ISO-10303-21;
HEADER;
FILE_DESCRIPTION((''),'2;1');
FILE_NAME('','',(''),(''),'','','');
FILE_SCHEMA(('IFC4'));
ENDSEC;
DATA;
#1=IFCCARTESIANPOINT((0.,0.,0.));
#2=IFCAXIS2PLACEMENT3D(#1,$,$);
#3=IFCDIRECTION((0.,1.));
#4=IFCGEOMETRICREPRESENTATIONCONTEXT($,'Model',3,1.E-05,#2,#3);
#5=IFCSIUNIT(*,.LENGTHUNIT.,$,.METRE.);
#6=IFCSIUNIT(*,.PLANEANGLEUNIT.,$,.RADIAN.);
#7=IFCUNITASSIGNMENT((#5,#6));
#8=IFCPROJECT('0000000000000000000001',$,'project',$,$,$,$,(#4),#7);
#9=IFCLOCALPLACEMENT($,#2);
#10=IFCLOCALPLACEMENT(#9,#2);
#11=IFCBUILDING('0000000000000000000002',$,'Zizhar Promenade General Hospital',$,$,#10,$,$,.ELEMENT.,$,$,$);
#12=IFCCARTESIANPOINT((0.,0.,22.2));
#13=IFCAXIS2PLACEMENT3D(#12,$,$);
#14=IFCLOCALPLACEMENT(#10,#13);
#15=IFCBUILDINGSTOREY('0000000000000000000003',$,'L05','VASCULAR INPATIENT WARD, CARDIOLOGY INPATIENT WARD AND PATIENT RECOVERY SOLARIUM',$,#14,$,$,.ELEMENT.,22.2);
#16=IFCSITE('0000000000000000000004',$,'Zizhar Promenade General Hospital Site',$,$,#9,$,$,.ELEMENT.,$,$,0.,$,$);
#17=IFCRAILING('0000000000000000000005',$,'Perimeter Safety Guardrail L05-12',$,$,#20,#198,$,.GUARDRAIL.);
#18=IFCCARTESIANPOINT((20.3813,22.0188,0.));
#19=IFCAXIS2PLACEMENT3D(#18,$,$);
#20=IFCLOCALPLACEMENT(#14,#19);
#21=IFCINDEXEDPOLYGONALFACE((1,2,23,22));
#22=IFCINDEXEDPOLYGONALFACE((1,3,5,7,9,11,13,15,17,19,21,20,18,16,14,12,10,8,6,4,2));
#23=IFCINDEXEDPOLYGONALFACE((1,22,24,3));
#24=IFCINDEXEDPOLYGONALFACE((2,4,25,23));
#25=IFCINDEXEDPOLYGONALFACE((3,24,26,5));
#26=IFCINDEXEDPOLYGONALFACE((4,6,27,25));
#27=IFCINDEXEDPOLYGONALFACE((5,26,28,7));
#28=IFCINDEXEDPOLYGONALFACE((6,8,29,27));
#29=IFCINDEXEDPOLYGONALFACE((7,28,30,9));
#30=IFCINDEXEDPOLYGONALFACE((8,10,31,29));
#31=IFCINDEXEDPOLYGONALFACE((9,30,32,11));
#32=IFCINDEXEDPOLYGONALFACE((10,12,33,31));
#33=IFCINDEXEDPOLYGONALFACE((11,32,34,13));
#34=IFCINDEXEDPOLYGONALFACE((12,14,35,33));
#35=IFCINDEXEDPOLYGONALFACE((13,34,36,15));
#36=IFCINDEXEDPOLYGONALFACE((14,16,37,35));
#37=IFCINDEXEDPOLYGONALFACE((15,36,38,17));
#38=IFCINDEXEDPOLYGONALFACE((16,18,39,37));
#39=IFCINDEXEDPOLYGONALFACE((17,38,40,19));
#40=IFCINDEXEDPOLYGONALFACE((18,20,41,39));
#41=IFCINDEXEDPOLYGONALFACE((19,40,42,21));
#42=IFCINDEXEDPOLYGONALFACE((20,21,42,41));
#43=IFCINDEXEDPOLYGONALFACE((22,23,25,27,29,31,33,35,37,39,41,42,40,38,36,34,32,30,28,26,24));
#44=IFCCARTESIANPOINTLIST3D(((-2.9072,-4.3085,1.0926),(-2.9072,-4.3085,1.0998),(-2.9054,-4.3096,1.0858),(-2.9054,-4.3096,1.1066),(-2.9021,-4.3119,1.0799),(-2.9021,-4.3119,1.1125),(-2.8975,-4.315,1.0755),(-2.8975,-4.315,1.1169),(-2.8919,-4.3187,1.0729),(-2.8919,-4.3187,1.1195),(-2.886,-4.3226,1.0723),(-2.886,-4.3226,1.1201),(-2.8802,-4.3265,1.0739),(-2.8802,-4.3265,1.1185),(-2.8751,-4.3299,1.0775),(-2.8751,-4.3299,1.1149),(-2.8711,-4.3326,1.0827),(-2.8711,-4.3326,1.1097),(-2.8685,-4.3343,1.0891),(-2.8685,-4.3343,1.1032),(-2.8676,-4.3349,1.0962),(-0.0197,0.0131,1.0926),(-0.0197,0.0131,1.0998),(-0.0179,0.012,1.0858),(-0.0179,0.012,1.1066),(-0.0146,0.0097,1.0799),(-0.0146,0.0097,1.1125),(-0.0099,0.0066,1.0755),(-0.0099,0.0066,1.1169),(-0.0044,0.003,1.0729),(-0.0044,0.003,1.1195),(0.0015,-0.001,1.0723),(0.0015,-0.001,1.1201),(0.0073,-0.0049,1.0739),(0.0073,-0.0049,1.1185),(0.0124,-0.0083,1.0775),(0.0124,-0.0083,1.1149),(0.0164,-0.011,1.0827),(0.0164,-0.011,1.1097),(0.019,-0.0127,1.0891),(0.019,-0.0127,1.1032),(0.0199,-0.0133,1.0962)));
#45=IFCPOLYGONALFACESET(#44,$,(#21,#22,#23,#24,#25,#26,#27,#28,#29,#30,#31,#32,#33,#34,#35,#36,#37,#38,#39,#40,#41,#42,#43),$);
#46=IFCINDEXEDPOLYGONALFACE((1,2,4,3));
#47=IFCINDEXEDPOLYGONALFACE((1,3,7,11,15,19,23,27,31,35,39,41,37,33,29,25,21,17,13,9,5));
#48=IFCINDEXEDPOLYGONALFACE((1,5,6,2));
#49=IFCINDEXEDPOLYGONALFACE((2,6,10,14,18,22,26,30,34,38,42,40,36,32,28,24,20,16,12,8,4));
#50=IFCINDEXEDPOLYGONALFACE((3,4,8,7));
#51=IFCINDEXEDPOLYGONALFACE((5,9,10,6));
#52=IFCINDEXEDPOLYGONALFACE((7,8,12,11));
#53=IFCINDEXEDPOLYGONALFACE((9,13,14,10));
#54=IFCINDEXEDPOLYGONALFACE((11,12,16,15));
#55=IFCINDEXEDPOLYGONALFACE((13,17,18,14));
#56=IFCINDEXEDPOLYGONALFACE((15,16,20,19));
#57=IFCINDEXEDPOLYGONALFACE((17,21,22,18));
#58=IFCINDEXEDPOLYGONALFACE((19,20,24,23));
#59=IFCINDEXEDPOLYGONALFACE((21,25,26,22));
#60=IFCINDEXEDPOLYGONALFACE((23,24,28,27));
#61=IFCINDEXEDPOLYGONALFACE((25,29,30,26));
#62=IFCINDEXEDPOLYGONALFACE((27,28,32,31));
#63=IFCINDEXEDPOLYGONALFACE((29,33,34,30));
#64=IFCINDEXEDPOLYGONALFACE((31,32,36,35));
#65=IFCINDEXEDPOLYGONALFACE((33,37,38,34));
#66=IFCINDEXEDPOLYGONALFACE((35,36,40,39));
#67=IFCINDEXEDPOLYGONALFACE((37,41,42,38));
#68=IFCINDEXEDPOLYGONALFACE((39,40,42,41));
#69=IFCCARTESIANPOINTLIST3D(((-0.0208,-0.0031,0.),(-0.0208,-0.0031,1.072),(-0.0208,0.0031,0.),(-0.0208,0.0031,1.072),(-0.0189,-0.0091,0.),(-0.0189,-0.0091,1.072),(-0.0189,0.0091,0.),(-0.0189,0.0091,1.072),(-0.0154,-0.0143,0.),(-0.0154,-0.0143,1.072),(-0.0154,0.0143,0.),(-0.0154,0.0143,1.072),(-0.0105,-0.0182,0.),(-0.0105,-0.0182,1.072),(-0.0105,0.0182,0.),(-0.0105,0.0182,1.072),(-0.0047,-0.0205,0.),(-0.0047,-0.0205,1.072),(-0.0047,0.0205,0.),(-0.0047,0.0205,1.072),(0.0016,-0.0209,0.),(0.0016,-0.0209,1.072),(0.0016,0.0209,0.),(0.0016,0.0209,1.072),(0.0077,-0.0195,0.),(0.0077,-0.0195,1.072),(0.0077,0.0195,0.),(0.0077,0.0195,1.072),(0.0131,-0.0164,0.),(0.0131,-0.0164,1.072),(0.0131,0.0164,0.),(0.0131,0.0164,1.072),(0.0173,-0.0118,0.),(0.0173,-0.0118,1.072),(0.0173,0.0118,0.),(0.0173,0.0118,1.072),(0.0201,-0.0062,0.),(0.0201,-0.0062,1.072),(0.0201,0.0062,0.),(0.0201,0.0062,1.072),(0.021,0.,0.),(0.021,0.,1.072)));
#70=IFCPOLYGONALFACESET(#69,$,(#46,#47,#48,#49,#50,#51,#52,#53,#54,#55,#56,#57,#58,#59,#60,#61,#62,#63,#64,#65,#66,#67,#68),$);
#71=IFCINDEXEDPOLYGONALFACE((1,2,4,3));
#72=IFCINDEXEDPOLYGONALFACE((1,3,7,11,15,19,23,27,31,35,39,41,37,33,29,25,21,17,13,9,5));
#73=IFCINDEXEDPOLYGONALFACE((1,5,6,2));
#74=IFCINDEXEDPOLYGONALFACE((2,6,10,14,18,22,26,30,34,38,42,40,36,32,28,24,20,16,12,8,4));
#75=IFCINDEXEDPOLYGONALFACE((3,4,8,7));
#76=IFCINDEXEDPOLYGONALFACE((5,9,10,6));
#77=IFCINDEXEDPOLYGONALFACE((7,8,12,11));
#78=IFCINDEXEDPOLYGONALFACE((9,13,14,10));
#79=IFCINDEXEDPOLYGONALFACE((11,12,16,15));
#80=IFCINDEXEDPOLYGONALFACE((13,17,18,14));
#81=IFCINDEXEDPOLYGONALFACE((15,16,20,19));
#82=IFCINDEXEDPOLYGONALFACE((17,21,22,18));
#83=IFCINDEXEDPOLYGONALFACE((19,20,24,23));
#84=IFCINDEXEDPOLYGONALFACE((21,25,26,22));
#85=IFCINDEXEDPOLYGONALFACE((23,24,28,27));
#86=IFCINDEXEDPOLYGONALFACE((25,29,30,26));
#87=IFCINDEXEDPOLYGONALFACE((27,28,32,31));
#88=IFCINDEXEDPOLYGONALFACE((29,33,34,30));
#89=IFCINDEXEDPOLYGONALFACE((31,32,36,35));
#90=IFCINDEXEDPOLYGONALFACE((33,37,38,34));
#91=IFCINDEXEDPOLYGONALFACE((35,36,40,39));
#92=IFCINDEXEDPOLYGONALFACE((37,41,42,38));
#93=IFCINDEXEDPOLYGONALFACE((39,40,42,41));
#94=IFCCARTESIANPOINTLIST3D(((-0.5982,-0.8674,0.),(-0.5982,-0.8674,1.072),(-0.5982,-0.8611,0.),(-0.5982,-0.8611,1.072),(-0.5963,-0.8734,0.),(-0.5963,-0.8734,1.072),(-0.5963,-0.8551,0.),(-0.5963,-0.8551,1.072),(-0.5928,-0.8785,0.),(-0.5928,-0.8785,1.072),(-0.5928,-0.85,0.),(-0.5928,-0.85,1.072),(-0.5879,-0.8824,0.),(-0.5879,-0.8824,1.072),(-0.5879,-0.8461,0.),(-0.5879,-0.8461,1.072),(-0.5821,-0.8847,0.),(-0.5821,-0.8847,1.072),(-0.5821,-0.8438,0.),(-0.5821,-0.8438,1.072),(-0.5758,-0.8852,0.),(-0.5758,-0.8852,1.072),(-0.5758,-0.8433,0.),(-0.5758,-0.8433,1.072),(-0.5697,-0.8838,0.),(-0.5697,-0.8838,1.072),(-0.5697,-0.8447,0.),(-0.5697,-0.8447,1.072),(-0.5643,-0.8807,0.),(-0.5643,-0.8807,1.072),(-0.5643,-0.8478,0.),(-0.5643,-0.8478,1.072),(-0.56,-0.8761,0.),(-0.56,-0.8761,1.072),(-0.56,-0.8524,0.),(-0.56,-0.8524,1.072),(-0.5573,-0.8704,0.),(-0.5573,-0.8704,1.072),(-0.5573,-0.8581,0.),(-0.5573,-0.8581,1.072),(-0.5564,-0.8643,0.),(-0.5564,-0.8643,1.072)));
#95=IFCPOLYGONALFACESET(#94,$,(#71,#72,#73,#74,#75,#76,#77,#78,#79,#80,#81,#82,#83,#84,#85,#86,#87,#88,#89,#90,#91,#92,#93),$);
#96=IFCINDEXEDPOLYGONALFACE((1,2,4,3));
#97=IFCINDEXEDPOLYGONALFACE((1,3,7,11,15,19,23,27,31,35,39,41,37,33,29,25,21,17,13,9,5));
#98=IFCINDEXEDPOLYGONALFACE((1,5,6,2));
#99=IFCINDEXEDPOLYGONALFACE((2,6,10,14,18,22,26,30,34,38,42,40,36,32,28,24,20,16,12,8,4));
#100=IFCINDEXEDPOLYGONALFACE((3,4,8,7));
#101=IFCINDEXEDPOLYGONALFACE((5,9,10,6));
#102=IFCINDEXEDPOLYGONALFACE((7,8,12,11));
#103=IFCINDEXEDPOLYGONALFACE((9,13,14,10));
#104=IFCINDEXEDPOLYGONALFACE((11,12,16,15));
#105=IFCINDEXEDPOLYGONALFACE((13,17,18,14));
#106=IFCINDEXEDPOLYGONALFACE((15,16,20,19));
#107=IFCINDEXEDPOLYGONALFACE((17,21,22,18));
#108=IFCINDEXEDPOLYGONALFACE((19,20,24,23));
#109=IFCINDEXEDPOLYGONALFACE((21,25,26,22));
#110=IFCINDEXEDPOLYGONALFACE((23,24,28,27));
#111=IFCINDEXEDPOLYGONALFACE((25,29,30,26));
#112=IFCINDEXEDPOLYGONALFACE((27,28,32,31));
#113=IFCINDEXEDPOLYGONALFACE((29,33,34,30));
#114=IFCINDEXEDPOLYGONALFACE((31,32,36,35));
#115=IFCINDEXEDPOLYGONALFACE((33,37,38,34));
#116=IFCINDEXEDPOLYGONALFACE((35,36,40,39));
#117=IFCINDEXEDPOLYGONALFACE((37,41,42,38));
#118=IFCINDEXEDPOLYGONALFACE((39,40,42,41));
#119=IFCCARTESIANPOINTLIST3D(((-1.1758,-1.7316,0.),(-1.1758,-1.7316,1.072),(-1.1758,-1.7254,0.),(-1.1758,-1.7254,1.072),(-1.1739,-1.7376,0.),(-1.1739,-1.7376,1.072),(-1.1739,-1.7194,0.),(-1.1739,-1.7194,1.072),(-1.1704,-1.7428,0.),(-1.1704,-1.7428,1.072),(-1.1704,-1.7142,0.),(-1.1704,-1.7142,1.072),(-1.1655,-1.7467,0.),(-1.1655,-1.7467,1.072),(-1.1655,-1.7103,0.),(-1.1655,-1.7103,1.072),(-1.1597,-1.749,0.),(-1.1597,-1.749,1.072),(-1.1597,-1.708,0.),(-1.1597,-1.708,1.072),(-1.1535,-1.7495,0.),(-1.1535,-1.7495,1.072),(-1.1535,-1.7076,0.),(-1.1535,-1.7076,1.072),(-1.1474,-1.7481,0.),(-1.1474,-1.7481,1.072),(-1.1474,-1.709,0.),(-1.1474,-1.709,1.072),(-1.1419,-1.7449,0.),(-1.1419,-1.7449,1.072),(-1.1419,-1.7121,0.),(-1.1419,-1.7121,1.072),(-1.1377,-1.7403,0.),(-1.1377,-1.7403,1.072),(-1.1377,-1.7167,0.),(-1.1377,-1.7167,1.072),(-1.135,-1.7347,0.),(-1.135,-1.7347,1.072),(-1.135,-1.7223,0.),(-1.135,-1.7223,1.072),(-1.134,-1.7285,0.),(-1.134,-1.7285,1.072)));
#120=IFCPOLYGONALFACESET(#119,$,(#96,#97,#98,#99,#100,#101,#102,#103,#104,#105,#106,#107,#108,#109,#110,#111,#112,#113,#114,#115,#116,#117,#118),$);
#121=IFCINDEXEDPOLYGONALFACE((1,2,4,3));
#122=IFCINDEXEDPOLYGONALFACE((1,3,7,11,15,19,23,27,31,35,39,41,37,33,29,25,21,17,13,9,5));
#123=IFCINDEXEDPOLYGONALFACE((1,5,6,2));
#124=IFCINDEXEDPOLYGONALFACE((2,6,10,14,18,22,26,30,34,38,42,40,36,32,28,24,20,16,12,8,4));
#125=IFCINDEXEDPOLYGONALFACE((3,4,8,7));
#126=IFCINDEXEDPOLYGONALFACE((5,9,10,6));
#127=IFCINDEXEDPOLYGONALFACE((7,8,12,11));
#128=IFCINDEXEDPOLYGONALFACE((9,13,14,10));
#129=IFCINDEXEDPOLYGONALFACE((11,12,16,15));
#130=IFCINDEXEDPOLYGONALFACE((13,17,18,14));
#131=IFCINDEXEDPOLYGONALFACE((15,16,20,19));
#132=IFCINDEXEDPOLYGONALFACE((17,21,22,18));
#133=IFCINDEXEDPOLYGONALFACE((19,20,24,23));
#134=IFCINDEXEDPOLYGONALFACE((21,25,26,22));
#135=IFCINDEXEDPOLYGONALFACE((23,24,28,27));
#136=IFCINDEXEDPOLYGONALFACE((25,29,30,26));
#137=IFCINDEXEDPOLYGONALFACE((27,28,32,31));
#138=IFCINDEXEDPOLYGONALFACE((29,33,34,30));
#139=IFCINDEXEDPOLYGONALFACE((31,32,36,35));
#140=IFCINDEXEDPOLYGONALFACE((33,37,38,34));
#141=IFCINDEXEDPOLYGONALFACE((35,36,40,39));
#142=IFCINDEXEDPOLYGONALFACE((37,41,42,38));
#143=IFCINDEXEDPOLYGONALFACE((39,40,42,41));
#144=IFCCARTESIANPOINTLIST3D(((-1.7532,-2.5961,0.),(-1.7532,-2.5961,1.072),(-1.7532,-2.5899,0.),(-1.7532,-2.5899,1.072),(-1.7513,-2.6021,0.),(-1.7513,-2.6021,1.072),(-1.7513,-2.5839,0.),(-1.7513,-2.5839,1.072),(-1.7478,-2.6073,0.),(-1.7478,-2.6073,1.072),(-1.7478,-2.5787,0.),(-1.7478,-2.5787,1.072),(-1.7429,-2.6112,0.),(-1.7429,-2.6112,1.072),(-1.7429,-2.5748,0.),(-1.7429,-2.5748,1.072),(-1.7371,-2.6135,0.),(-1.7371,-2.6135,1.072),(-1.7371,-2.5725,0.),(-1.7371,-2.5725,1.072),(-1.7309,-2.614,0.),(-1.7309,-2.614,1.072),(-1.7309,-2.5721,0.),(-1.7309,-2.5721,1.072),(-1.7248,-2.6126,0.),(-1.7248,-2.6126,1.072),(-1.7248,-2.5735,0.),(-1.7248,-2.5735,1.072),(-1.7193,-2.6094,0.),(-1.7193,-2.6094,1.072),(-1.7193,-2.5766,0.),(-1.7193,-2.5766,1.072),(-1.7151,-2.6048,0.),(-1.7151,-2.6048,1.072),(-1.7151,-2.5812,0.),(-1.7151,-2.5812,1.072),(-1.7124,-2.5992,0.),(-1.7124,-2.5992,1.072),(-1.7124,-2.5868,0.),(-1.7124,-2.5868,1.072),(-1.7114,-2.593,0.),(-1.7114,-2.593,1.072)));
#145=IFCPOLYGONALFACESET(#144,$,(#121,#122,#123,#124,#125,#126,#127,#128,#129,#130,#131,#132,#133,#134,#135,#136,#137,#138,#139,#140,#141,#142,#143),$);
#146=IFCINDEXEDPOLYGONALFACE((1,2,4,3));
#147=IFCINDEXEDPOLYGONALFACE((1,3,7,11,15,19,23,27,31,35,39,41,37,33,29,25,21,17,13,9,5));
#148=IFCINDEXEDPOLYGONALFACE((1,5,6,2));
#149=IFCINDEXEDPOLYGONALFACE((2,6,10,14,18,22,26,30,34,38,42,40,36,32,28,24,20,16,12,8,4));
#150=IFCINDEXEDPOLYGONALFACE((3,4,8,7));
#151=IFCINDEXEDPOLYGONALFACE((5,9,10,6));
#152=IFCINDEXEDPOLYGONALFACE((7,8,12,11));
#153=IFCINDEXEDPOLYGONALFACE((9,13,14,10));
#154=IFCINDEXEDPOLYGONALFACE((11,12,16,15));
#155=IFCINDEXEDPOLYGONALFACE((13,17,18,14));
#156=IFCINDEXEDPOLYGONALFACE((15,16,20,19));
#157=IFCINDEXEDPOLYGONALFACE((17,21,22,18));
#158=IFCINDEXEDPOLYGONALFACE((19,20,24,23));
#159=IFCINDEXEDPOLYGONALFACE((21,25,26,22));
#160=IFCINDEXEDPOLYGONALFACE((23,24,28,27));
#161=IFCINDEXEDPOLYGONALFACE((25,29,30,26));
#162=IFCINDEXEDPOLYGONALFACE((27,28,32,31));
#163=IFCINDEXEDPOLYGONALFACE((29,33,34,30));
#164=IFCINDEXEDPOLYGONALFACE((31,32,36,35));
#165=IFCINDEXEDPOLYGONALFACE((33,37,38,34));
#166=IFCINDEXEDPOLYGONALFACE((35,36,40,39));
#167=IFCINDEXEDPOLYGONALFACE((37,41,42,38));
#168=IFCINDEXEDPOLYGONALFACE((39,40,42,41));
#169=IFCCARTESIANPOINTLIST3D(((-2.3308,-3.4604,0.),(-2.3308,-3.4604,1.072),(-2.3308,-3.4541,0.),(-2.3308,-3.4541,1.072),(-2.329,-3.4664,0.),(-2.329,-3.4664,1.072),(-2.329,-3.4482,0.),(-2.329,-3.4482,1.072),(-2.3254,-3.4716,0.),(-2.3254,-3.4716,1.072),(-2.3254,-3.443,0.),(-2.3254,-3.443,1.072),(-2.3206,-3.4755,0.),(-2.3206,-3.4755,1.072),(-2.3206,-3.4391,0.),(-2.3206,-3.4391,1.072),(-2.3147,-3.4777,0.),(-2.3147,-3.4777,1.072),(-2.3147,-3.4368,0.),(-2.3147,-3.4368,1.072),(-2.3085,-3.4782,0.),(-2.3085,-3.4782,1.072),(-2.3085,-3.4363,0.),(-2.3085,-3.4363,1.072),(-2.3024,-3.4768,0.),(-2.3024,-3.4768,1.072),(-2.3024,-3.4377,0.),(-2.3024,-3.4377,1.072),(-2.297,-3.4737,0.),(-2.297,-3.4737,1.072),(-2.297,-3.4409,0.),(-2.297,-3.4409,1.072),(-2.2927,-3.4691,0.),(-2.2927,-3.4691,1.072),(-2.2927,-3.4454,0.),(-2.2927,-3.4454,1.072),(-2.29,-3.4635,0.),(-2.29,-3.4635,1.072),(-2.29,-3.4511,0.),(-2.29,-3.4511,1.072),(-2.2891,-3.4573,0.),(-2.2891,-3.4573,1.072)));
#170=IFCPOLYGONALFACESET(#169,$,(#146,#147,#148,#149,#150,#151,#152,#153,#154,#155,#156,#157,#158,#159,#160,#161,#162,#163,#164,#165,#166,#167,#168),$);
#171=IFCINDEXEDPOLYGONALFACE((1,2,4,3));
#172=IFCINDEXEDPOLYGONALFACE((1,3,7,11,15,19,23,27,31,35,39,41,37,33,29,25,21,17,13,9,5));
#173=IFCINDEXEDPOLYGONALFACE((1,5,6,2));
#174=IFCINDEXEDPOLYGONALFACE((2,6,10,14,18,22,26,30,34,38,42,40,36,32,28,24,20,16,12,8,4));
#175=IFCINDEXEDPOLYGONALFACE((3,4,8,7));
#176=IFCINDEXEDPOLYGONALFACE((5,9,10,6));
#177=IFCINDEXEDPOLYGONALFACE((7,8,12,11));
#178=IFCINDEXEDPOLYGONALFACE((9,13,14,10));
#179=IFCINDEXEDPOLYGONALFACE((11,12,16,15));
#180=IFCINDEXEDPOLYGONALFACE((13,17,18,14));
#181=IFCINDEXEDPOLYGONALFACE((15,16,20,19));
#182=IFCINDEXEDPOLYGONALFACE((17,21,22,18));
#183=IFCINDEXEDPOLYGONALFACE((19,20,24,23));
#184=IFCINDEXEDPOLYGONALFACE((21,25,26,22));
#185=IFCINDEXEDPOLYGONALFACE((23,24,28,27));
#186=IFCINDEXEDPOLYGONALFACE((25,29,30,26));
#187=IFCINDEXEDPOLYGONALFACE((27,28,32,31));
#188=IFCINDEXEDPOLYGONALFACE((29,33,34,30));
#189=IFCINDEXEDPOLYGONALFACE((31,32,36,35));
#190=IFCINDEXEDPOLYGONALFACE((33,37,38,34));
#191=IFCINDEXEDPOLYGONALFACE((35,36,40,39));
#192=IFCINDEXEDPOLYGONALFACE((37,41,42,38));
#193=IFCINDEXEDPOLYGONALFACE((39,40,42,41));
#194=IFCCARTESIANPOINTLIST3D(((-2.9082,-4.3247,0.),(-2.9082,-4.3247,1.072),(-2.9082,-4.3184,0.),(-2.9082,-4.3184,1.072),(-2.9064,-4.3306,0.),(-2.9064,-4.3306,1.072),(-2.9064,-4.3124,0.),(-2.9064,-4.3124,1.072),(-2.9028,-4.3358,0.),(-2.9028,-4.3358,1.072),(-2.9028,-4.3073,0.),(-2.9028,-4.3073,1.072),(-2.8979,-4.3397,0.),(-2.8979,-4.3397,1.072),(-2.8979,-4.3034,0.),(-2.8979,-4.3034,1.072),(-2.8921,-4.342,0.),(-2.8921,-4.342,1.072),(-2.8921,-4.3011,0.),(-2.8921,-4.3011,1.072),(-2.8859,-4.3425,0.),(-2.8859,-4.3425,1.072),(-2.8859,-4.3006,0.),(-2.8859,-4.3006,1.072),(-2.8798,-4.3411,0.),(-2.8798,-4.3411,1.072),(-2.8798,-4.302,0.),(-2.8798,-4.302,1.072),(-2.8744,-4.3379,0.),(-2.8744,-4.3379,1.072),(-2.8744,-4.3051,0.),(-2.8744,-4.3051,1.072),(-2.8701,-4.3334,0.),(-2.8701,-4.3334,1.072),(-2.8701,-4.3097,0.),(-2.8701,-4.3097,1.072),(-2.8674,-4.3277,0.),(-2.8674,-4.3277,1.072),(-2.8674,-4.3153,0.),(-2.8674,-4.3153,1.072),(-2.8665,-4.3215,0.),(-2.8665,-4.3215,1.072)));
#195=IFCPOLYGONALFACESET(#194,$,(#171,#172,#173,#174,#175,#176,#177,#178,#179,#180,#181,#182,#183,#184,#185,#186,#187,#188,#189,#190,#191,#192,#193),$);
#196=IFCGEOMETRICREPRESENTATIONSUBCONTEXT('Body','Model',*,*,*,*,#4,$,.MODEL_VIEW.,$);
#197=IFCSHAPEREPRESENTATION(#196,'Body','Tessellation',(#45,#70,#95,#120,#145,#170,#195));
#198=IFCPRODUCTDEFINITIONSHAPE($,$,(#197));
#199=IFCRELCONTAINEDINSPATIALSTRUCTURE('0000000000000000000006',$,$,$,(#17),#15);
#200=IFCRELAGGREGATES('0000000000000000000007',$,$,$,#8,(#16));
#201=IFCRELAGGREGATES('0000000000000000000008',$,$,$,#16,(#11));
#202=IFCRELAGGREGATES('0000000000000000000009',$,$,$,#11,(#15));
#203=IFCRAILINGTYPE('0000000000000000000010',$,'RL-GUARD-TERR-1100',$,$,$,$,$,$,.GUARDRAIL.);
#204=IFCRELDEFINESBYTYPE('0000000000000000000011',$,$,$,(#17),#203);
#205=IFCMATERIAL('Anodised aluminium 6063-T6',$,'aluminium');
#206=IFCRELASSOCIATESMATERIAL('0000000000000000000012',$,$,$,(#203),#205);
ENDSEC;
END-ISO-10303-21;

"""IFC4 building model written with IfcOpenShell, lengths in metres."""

from ifc_helpers import new_model, si_unit, direction, frame, origin, origin_2d, place, context, subcontext, project, spatial, circle, hollow_circle, extrude, material, material_profile, profile_set, type_object, element, save


model = new_model("IFC4")

# Units and contexts
model_context = context("Model", 3, precision=1e-05, world=origin(), true_north=direction((0.0, 1.0)))
body_context = subcontext(model_context, "Body", "Model", "MODEL_VIEW")
ifc_project = project(units=[si_unit("LENGTHUNIT", "METRE"), si_unit("PLANEANGLEUNIT", "RADIAN")], contexts=[model_context])

# Site, building, storey
site_placement = place(None, origin())
site = spatial("IfcSite", under=ifc_project, at=site_placement, Name="Zizhar Promenade General Hospital Site", CompositionType="ELEMENT", RefElevation=0.0)
building_placement = place(site_placement, origin())
building = spatial("IfcBuilding", under=site, at=building_placement, Name="Zizhar Promenade General Hospital", CompositionType="ELEMENT")
storey_placement = place(building_placement, frame((0.0, 0.0, 22.2)))
storey = spatial("IfcBuildingStorey", under=building, at=storey_placement, Name="L05", Description="VASCULAR INPATIENT WARD, CARDIOLOGY INPATIENT WARD AND PATIENT RECOVERY SOLARIUM", CompositionType="ELEMENT", Elevation=22.2)

# Railing
ifc_material_1 = material(Name="Anodised aluminium 6063-T6", Category="aluminium")
ifc_material_profile_1 = material_profile(ifc_material_1, hollow_circle(Radius=0.0698, WallThickness=0.0063, at=origin_2d()))
ifc_profile_set_1 = profile_set([ifc_material_profile_1], Name="Anodised aluminium 6063-T6")
railing_type = type_object("IfcRailingType", Name="RL-GUARD-TERR-1100", PredefinedType="GUARDRAIL", material=ifc_profile_set_1)
railing_1_placement = place(storey_placement, frame((20.3813, 22.0188, 0.0)))
element("IfcRailing", 1, at=railing_1_placement, inside=storey, type_object=railing_type, Name="Perimeter Safety Guardrail L05-12", PredefinedType="GUARDRAIL", context=body_context, shape_type="SweptSolid", body=[
    extrude(circle(Radius=0.0239, at=origin_2d()), frame((0.0, 0.0, 1.0962), z_axis=(-0.555556, -0.831479, 0.0), x_axis=(0.831479, -0.555556, 0.0)), (0.0, 0.0, 1.0), 5.1975),
    extrude(circle(Radius=0.021, at=origin_2d()), origin(), (0.0, 0.0, 1.0), 1.072),
    extrude(circle(Radius=0.021, at=origin_2d()), frame((-0.5774, -0.8643, 0.0)), (0.0, 0.0, 1.0), 1.072),
    extrude(circle(Radius=0.021, at=origin_2d()), frame((-1.155, -1.7285, 0.0)), (0.0, 0.0, 1.0), 1.072),
    extrude(circle(Radius=0.021, at=origin_2d()), frame((-1.7324, -2.593, 0.0)), (0.0, 0.0, 1.0), 1.072),
    extrude(circle(Radius=0.021, at=origin_2d()), frame((-2.3101, -3.4573, 0.0)), (0.0, 0.0, 1.0), 1.072),
    extrude(circle(Radius=0.021, at=origin_2d()), frame((-2.8875, -4.3215, 0.0)), (0.0, 0.0, 1.0), 1.072),
])

save(model, "model.ifc")
